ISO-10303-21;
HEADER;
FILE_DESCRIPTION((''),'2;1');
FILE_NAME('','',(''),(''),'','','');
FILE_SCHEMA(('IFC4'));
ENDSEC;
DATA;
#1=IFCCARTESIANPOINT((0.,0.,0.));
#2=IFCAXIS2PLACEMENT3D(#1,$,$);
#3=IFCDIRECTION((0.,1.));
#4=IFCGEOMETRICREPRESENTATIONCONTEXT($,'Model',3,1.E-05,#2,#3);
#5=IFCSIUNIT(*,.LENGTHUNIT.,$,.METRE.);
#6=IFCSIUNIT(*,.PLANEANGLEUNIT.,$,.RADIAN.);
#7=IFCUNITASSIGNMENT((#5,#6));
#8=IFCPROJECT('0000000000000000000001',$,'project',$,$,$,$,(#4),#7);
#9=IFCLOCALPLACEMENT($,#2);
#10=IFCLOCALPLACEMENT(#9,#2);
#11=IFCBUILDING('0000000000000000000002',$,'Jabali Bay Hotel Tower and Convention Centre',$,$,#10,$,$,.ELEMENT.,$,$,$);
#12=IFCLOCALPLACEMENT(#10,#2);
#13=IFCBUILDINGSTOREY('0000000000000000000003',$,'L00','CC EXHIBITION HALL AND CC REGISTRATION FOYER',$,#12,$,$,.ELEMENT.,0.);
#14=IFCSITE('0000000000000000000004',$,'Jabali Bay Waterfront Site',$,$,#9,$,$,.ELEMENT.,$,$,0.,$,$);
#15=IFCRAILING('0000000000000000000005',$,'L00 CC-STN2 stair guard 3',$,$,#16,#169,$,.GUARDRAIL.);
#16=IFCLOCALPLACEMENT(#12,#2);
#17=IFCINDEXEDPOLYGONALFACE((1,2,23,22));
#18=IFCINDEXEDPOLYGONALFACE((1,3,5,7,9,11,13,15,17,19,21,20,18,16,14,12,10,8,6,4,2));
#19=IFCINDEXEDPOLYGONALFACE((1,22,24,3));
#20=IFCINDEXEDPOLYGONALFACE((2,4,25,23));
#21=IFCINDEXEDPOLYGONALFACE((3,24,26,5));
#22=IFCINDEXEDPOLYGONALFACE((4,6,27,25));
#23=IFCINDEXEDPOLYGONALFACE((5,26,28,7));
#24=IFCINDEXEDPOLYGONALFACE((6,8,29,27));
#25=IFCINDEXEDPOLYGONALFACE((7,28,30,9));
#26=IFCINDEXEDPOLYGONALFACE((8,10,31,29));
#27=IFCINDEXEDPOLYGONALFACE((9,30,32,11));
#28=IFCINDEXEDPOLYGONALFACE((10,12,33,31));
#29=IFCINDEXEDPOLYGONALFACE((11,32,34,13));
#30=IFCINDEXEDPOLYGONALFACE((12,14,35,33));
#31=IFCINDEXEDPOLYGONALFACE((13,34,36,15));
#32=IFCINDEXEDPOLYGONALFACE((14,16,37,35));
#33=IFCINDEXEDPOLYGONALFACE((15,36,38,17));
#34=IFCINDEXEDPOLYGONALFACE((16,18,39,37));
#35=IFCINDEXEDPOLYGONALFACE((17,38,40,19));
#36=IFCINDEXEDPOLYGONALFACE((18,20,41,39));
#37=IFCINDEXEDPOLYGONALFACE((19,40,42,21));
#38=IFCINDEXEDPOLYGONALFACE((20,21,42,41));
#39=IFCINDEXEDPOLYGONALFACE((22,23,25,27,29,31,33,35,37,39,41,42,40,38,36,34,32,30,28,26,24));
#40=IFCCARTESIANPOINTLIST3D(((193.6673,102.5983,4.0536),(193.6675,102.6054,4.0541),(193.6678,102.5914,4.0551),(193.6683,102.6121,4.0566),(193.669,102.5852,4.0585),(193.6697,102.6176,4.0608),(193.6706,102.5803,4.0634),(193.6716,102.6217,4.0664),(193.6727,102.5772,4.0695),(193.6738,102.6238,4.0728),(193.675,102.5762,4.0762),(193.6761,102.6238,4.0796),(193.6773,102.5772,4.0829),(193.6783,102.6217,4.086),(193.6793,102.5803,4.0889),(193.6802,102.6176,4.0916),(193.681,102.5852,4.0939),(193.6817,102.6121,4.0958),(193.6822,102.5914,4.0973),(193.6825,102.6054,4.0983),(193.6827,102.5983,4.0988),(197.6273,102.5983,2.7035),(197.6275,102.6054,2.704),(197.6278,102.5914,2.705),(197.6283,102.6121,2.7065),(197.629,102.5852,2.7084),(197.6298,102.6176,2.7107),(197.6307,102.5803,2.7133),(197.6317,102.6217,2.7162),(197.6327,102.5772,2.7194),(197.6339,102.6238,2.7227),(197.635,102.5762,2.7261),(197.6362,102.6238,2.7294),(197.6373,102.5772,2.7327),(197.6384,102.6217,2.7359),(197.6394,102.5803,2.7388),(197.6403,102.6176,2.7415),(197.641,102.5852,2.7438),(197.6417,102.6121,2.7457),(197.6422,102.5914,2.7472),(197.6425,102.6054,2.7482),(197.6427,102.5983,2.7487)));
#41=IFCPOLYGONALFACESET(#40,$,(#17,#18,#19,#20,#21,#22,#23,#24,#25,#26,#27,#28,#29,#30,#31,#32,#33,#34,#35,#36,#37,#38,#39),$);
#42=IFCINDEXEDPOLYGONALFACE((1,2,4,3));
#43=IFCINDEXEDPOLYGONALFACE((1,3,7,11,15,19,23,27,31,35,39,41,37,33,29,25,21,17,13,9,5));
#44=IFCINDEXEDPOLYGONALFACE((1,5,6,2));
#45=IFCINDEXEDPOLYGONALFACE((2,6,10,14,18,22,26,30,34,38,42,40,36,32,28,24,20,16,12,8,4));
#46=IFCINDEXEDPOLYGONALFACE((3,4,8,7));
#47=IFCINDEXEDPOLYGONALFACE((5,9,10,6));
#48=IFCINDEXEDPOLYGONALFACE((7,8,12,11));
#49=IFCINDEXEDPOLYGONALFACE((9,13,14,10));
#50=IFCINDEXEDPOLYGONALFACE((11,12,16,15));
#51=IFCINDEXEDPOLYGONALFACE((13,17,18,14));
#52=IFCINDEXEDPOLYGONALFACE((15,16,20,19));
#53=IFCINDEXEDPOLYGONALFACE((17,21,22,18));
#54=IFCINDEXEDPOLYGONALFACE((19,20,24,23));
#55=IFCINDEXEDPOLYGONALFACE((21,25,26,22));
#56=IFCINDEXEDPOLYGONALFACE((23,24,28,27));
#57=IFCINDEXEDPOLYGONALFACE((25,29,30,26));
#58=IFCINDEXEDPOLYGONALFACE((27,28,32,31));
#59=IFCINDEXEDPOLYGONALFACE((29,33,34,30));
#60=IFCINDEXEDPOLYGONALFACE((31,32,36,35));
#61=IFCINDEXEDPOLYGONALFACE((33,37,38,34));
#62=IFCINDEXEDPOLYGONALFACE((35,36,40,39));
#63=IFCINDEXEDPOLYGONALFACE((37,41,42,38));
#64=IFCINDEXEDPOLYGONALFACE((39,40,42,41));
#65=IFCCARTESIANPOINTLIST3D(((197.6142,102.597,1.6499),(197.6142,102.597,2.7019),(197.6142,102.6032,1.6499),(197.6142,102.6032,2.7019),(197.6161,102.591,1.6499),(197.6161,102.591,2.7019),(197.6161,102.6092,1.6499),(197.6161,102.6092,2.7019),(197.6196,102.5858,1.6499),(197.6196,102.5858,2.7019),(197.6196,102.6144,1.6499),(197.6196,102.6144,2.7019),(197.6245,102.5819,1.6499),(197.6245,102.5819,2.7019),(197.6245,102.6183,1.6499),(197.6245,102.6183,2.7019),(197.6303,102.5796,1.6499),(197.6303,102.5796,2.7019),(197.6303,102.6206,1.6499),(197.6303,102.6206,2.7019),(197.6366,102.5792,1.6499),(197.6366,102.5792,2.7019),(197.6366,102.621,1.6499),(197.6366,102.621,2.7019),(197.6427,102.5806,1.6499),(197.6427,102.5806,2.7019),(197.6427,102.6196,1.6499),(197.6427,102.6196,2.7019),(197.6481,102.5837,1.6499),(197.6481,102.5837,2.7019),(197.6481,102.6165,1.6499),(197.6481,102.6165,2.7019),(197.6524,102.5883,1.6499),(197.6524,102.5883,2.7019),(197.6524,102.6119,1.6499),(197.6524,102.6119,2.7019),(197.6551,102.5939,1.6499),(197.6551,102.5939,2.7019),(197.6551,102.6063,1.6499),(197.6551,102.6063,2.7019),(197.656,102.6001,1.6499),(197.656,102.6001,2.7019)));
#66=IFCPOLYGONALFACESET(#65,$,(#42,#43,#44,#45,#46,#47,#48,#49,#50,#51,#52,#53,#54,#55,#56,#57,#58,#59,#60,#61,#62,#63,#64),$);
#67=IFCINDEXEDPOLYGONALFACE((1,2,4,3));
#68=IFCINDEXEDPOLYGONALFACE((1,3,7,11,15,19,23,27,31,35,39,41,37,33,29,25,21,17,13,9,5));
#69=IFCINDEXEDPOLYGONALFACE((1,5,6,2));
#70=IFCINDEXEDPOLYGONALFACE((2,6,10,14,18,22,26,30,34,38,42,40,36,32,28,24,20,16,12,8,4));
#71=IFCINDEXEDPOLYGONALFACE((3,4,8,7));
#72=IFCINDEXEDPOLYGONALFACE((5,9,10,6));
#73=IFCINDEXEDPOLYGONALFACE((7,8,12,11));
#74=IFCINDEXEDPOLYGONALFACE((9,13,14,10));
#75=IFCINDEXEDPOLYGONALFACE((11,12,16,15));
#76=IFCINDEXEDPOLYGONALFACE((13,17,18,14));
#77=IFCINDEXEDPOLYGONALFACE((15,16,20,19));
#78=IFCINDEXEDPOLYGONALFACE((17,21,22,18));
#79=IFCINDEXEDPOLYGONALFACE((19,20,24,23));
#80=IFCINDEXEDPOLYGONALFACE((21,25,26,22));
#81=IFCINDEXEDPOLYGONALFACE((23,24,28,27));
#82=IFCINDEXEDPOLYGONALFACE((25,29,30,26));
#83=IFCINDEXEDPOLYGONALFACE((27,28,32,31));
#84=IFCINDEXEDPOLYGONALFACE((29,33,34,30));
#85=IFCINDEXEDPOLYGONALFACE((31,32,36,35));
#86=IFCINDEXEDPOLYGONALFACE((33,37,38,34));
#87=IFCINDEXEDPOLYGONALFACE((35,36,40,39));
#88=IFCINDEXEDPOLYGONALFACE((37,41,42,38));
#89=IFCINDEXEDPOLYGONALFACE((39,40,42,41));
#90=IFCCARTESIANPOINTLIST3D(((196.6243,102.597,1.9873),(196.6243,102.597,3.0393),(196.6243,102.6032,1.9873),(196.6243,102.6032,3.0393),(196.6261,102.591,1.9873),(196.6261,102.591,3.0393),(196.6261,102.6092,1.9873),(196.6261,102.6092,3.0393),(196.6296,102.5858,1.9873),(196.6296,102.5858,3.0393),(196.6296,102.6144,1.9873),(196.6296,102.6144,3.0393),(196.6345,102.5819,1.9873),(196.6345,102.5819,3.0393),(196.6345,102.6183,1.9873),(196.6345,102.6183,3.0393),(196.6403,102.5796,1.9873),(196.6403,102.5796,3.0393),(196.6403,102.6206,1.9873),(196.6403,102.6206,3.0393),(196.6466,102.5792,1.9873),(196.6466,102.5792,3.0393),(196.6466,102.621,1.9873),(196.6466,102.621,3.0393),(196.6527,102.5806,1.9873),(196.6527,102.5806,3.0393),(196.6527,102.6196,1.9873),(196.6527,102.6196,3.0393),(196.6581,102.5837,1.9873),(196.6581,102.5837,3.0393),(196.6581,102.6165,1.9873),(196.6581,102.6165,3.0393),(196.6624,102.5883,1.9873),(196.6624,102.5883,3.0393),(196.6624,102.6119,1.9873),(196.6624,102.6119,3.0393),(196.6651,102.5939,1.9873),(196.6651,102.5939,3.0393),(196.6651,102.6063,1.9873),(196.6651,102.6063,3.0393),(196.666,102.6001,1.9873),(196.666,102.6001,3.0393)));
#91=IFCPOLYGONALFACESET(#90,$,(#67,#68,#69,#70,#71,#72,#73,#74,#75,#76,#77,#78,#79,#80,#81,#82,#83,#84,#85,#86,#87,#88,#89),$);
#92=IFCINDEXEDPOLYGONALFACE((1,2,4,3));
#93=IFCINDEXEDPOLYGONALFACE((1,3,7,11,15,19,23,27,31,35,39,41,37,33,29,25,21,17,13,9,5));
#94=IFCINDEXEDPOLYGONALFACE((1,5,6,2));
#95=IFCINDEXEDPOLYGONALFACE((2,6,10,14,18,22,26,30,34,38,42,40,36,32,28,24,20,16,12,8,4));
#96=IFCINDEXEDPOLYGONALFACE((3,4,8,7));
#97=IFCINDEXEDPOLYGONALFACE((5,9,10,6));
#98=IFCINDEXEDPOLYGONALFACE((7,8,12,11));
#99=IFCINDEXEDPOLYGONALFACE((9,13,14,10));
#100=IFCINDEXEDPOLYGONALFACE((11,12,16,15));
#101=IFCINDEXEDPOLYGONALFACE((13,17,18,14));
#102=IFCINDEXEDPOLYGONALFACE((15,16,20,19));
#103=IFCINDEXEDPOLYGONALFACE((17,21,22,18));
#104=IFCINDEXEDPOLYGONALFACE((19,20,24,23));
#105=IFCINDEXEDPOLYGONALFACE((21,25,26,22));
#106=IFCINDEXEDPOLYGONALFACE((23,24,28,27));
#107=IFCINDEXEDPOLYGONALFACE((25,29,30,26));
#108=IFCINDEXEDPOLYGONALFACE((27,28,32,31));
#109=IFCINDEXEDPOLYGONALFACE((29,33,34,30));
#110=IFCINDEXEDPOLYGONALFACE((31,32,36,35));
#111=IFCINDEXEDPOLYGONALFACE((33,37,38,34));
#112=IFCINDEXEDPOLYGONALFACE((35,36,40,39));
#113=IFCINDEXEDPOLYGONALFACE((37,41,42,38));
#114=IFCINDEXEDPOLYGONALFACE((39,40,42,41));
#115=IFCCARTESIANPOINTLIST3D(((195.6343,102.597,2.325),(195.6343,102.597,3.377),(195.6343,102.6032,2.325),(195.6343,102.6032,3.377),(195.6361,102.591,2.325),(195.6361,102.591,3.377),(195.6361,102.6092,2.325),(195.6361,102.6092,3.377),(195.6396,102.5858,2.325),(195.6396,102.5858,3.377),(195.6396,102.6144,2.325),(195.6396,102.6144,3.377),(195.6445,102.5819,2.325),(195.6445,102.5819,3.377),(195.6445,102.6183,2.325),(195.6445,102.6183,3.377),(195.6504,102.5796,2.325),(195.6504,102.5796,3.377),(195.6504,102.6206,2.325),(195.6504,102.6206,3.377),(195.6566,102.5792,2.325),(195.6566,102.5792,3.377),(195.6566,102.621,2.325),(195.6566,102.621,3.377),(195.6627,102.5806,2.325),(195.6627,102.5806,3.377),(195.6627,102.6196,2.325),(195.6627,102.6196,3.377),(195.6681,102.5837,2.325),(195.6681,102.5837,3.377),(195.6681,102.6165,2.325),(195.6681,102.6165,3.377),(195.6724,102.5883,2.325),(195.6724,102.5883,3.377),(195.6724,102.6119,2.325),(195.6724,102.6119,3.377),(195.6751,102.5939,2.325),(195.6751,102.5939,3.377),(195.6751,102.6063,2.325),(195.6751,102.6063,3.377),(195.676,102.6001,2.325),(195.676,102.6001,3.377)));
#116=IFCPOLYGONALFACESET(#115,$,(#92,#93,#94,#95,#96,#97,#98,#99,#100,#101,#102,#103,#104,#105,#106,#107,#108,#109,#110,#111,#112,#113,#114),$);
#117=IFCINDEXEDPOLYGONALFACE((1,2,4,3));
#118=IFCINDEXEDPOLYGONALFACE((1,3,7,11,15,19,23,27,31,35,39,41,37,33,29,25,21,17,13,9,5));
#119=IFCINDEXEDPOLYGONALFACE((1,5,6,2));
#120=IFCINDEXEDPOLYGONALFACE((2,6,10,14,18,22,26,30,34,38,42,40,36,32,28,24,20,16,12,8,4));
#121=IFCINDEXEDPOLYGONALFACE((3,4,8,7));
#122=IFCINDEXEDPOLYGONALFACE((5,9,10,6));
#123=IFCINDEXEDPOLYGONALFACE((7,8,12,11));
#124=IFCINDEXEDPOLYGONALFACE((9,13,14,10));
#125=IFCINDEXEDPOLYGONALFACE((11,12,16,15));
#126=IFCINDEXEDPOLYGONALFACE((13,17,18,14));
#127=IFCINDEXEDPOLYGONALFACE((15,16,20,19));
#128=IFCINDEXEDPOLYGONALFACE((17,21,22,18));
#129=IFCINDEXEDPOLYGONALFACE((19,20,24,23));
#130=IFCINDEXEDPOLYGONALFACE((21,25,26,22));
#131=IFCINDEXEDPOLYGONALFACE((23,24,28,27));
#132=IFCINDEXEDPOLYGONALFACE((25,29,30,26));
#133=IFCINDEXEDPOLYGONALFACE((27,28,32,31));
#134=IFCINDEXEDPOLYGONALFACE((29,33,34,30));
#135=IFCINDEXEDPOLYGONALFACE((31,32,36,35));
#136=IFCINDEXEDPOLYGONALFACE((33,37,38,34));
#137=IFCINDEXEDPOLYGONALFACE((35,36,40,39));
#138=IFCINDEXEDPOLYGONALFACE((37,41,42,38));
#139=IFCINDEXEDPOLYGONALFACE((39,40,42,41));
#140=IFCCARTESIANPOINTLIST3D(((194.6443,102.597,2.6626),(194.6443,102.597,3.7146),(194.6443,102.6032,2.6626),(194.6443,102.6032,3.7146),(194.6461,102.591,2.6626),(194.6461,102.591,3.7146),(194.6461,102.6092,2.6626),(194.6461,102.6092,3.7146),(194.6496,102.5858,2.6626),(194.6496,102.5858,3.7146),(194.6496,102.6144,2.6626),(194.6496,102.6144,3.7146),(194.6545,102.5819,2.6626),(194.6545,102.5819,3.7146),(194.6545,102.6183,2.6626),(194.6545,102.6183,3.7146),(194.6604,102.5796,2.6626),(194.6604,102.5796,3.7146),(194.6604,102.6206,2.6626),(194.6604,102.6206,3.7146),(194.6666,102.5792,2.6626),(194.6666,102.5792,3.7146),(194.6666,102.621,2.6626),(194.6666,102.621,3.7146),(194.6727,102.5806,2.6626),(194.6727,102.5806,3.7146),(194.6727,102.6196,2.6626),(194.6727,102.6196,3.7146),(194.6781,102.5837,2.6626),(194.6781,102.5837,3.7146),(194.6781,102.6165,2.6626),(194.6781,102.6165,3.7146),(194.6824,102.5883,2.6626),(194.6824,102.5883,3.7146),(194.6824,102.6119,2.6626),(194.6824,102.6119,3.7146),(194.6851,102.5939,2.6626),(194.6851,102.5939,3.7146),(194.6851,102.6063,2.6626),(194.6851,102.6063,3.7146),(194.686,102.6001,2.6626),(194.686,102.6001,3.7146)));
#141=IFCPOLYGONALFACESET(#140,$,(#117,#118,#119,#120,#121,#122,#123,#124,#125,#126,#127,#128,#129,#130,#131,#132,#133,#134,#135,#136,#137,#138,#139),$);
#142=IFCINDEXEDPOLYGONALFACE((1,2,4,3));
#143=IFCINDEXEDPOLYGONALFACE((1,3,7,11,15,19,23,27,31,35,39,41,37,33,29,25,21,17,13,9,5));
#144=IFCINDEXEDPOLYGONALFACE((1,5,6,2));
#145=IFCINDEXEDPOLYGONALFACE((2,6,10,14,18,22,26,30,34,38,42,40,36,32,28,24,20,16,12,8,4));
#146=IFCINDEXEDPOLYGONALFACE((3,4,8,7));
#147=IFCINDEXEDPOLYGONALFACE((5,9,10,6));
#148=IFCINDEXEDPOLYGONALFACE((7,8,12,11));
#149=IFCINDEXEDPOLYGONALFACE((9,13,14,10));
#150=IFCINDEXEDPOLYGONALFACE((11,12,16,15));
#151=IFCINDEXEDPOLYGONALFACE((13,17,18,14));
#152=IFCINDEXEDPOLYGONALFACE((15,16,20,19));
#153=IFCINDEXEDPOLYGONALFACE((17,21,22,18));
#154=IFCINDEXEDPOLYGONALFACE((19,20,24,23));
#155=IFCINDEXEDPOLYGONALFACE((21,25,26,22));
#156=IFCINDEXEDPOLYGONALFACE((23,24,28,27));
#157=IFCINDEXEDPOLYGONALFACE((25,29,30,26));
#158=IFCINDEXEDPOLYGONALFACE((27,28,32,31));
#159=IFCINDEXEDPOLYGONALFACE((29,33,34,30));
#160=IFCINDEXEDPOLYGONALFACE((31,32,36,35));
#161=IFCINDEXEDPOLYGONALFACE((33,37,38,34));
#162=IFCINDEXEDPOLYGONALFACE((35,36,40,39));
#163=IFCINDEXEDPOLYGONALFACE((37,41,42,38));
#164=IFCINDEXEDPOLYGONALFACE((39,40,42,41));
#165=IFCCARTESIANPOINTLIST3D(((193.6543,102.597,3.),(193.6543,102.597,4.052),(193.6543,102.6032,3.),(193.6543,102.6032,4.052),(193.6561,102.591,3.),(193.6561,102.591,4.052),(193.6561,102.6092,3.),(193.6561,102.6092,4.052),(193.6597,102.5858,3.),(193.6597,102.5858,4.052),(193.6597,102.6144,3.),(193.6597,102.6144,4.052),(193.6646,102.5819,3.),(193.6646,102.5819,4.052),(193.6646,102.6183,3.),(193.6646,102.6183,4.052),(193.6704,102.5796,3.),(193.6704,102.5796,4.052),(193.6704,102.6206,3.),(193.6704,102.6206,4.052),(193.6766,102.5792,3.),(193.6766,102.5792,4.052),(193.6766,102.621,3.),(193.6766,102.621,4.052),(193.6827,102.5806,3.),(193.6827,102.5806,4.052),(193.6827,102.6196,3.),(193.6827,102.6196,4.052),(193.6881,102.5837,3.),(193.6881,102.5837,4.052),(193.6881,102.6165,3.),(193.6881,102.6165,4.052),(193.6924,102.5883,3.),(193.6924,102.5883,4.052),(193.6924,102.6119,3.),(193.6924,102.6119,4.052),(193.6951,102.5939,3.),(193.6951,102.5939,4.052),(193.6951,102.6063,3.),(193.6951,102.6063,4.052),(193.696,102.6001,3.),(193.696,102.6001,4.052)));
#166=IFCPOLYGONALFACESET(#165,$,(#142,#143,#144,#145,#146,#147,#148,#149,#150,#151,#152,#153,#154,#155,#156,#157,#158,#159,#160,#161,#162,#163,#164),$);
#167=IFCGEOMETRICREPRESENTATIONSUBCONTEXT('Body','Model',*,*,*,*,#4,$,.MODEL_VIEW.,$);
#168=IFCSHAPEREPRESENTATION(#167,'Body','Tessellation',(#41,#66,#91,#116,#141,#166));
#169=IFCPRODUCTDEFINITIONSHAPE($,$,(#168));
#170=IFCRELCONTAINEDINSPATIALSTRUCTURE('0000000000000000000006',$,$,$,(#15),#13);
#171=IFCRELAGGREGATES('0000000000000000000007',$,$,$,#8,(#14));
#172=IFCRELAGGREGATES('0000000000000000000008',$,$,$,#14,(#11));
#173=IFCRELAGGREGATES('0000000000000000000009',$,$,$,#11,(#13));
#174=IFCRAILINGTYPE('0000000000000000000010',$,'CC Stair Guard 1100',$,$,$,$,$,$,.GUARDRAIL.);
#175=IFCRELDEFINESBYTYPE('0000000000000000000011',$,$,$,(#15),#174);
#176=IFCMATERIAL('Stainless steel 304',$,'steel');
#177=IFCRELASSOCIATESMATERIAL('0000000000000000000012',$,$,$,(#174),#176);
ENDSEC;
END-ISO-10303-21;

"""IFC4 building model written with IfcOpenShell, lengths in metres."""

from ifc_helpers import new_model, si_unit, direction, frame, origin, origin_2d, place, context, subcontext, project, spatial, circle, extrude, material, type_object, element, save


model = new_model("IFC4")

# Units and contexts
model_context = context("Model", 3, precision=1e-05, world=origin(), true_north=direction((0.0, 1.0)))
body_context = subcontext(model_context, "Body", "Model", "MODEL_VIEW")
ifc_project = project(units=[si_unit("LENGTHUNIT", "METRE"), si_unit("PLANEANGLEUNIT", "RADIAN")], contexts=[model_context])

# Site, building, storey
site_placement = place(None, origin())
site = spatial("IfcSite", under=ifc_project, at=site_placement, Name="Jabali Bay Waterfront Site", CompositionType="ELEMENT", RefElevation=0.0)
building_placement = place(site_placement, origin())
building = spatial("IfcBuilding", under=site, at=building_placement, Name="Jabali Bay Hotel Tower and Convention Centre", CompositionType="ELEMENT")
storey_placement = place(building_placement, origin())
storey = spatial("IfcBuildingStorey", under=building, at=storey_placement, Name="L00", Description="CC EXHIBITION HALL AND CC REGISTRATION FOYER", CompositionType="ELEMENT", Elevation=0.0)

# Railing
ifc_material_1 = material(Name="Stainless steel 304", Category="steel")
railing_type_1 = type_object("IfcRailingType", Name="CC Stair Guard 1100", PredefinedType="GUARDRAIL", material=ifc_material_1)
for number, where, name in (
    (1, (197.635, 102.6001, 1.6499), "L00 CC-STN2 stair guard 3"),
):
    element("IfcRailing", number, at=place(storey_placement, frame(where)), inside=storey, type_object=railing_type_1, Name=name, PredefinedType="GUARDRAIL", context=body_context, shape_type="SweptSolid", body=[
        extrude(circle(Radius=0.0239, at=origin_2d()), frame((0.0, 0.0, 1.0762), z_axis=(-0.946502, 0.0, 0.322698), x_axis=(0.0, -1.0, 0.0)), (0.0, 0.0, 1.0), 4.1838),
        extrude(circle(Radius=0.021, at=origin_2d()), origin(), (0.0, 0.0, 1.0), 1.052),
        extrude(circle(Radius=0.021, at=origin_2d()), frame((-0.99, 0.0, 0.3374)), (0.0, 0.0, 1.0), 1.052),
        extrude(circle(Radius=0.021, at=origin_2d()), frame((-1.98, 0.0, 0.675)), (0.0, 0.0, 1.0), 1.052),
        extrude(circle(Radius=0.021, at=origin_2d()), frame((-2.97, 0.0, 1.0127)), (0.0, 0.0, 1.0), 1.052),
        extrude(circle(Radius=0.021, at=origin_2d()), frame((-3.96, 0.0, 1.3501)), (0.0, 0.0, 1.0), 1.052),
    ])

save(model, "model.ifc")
